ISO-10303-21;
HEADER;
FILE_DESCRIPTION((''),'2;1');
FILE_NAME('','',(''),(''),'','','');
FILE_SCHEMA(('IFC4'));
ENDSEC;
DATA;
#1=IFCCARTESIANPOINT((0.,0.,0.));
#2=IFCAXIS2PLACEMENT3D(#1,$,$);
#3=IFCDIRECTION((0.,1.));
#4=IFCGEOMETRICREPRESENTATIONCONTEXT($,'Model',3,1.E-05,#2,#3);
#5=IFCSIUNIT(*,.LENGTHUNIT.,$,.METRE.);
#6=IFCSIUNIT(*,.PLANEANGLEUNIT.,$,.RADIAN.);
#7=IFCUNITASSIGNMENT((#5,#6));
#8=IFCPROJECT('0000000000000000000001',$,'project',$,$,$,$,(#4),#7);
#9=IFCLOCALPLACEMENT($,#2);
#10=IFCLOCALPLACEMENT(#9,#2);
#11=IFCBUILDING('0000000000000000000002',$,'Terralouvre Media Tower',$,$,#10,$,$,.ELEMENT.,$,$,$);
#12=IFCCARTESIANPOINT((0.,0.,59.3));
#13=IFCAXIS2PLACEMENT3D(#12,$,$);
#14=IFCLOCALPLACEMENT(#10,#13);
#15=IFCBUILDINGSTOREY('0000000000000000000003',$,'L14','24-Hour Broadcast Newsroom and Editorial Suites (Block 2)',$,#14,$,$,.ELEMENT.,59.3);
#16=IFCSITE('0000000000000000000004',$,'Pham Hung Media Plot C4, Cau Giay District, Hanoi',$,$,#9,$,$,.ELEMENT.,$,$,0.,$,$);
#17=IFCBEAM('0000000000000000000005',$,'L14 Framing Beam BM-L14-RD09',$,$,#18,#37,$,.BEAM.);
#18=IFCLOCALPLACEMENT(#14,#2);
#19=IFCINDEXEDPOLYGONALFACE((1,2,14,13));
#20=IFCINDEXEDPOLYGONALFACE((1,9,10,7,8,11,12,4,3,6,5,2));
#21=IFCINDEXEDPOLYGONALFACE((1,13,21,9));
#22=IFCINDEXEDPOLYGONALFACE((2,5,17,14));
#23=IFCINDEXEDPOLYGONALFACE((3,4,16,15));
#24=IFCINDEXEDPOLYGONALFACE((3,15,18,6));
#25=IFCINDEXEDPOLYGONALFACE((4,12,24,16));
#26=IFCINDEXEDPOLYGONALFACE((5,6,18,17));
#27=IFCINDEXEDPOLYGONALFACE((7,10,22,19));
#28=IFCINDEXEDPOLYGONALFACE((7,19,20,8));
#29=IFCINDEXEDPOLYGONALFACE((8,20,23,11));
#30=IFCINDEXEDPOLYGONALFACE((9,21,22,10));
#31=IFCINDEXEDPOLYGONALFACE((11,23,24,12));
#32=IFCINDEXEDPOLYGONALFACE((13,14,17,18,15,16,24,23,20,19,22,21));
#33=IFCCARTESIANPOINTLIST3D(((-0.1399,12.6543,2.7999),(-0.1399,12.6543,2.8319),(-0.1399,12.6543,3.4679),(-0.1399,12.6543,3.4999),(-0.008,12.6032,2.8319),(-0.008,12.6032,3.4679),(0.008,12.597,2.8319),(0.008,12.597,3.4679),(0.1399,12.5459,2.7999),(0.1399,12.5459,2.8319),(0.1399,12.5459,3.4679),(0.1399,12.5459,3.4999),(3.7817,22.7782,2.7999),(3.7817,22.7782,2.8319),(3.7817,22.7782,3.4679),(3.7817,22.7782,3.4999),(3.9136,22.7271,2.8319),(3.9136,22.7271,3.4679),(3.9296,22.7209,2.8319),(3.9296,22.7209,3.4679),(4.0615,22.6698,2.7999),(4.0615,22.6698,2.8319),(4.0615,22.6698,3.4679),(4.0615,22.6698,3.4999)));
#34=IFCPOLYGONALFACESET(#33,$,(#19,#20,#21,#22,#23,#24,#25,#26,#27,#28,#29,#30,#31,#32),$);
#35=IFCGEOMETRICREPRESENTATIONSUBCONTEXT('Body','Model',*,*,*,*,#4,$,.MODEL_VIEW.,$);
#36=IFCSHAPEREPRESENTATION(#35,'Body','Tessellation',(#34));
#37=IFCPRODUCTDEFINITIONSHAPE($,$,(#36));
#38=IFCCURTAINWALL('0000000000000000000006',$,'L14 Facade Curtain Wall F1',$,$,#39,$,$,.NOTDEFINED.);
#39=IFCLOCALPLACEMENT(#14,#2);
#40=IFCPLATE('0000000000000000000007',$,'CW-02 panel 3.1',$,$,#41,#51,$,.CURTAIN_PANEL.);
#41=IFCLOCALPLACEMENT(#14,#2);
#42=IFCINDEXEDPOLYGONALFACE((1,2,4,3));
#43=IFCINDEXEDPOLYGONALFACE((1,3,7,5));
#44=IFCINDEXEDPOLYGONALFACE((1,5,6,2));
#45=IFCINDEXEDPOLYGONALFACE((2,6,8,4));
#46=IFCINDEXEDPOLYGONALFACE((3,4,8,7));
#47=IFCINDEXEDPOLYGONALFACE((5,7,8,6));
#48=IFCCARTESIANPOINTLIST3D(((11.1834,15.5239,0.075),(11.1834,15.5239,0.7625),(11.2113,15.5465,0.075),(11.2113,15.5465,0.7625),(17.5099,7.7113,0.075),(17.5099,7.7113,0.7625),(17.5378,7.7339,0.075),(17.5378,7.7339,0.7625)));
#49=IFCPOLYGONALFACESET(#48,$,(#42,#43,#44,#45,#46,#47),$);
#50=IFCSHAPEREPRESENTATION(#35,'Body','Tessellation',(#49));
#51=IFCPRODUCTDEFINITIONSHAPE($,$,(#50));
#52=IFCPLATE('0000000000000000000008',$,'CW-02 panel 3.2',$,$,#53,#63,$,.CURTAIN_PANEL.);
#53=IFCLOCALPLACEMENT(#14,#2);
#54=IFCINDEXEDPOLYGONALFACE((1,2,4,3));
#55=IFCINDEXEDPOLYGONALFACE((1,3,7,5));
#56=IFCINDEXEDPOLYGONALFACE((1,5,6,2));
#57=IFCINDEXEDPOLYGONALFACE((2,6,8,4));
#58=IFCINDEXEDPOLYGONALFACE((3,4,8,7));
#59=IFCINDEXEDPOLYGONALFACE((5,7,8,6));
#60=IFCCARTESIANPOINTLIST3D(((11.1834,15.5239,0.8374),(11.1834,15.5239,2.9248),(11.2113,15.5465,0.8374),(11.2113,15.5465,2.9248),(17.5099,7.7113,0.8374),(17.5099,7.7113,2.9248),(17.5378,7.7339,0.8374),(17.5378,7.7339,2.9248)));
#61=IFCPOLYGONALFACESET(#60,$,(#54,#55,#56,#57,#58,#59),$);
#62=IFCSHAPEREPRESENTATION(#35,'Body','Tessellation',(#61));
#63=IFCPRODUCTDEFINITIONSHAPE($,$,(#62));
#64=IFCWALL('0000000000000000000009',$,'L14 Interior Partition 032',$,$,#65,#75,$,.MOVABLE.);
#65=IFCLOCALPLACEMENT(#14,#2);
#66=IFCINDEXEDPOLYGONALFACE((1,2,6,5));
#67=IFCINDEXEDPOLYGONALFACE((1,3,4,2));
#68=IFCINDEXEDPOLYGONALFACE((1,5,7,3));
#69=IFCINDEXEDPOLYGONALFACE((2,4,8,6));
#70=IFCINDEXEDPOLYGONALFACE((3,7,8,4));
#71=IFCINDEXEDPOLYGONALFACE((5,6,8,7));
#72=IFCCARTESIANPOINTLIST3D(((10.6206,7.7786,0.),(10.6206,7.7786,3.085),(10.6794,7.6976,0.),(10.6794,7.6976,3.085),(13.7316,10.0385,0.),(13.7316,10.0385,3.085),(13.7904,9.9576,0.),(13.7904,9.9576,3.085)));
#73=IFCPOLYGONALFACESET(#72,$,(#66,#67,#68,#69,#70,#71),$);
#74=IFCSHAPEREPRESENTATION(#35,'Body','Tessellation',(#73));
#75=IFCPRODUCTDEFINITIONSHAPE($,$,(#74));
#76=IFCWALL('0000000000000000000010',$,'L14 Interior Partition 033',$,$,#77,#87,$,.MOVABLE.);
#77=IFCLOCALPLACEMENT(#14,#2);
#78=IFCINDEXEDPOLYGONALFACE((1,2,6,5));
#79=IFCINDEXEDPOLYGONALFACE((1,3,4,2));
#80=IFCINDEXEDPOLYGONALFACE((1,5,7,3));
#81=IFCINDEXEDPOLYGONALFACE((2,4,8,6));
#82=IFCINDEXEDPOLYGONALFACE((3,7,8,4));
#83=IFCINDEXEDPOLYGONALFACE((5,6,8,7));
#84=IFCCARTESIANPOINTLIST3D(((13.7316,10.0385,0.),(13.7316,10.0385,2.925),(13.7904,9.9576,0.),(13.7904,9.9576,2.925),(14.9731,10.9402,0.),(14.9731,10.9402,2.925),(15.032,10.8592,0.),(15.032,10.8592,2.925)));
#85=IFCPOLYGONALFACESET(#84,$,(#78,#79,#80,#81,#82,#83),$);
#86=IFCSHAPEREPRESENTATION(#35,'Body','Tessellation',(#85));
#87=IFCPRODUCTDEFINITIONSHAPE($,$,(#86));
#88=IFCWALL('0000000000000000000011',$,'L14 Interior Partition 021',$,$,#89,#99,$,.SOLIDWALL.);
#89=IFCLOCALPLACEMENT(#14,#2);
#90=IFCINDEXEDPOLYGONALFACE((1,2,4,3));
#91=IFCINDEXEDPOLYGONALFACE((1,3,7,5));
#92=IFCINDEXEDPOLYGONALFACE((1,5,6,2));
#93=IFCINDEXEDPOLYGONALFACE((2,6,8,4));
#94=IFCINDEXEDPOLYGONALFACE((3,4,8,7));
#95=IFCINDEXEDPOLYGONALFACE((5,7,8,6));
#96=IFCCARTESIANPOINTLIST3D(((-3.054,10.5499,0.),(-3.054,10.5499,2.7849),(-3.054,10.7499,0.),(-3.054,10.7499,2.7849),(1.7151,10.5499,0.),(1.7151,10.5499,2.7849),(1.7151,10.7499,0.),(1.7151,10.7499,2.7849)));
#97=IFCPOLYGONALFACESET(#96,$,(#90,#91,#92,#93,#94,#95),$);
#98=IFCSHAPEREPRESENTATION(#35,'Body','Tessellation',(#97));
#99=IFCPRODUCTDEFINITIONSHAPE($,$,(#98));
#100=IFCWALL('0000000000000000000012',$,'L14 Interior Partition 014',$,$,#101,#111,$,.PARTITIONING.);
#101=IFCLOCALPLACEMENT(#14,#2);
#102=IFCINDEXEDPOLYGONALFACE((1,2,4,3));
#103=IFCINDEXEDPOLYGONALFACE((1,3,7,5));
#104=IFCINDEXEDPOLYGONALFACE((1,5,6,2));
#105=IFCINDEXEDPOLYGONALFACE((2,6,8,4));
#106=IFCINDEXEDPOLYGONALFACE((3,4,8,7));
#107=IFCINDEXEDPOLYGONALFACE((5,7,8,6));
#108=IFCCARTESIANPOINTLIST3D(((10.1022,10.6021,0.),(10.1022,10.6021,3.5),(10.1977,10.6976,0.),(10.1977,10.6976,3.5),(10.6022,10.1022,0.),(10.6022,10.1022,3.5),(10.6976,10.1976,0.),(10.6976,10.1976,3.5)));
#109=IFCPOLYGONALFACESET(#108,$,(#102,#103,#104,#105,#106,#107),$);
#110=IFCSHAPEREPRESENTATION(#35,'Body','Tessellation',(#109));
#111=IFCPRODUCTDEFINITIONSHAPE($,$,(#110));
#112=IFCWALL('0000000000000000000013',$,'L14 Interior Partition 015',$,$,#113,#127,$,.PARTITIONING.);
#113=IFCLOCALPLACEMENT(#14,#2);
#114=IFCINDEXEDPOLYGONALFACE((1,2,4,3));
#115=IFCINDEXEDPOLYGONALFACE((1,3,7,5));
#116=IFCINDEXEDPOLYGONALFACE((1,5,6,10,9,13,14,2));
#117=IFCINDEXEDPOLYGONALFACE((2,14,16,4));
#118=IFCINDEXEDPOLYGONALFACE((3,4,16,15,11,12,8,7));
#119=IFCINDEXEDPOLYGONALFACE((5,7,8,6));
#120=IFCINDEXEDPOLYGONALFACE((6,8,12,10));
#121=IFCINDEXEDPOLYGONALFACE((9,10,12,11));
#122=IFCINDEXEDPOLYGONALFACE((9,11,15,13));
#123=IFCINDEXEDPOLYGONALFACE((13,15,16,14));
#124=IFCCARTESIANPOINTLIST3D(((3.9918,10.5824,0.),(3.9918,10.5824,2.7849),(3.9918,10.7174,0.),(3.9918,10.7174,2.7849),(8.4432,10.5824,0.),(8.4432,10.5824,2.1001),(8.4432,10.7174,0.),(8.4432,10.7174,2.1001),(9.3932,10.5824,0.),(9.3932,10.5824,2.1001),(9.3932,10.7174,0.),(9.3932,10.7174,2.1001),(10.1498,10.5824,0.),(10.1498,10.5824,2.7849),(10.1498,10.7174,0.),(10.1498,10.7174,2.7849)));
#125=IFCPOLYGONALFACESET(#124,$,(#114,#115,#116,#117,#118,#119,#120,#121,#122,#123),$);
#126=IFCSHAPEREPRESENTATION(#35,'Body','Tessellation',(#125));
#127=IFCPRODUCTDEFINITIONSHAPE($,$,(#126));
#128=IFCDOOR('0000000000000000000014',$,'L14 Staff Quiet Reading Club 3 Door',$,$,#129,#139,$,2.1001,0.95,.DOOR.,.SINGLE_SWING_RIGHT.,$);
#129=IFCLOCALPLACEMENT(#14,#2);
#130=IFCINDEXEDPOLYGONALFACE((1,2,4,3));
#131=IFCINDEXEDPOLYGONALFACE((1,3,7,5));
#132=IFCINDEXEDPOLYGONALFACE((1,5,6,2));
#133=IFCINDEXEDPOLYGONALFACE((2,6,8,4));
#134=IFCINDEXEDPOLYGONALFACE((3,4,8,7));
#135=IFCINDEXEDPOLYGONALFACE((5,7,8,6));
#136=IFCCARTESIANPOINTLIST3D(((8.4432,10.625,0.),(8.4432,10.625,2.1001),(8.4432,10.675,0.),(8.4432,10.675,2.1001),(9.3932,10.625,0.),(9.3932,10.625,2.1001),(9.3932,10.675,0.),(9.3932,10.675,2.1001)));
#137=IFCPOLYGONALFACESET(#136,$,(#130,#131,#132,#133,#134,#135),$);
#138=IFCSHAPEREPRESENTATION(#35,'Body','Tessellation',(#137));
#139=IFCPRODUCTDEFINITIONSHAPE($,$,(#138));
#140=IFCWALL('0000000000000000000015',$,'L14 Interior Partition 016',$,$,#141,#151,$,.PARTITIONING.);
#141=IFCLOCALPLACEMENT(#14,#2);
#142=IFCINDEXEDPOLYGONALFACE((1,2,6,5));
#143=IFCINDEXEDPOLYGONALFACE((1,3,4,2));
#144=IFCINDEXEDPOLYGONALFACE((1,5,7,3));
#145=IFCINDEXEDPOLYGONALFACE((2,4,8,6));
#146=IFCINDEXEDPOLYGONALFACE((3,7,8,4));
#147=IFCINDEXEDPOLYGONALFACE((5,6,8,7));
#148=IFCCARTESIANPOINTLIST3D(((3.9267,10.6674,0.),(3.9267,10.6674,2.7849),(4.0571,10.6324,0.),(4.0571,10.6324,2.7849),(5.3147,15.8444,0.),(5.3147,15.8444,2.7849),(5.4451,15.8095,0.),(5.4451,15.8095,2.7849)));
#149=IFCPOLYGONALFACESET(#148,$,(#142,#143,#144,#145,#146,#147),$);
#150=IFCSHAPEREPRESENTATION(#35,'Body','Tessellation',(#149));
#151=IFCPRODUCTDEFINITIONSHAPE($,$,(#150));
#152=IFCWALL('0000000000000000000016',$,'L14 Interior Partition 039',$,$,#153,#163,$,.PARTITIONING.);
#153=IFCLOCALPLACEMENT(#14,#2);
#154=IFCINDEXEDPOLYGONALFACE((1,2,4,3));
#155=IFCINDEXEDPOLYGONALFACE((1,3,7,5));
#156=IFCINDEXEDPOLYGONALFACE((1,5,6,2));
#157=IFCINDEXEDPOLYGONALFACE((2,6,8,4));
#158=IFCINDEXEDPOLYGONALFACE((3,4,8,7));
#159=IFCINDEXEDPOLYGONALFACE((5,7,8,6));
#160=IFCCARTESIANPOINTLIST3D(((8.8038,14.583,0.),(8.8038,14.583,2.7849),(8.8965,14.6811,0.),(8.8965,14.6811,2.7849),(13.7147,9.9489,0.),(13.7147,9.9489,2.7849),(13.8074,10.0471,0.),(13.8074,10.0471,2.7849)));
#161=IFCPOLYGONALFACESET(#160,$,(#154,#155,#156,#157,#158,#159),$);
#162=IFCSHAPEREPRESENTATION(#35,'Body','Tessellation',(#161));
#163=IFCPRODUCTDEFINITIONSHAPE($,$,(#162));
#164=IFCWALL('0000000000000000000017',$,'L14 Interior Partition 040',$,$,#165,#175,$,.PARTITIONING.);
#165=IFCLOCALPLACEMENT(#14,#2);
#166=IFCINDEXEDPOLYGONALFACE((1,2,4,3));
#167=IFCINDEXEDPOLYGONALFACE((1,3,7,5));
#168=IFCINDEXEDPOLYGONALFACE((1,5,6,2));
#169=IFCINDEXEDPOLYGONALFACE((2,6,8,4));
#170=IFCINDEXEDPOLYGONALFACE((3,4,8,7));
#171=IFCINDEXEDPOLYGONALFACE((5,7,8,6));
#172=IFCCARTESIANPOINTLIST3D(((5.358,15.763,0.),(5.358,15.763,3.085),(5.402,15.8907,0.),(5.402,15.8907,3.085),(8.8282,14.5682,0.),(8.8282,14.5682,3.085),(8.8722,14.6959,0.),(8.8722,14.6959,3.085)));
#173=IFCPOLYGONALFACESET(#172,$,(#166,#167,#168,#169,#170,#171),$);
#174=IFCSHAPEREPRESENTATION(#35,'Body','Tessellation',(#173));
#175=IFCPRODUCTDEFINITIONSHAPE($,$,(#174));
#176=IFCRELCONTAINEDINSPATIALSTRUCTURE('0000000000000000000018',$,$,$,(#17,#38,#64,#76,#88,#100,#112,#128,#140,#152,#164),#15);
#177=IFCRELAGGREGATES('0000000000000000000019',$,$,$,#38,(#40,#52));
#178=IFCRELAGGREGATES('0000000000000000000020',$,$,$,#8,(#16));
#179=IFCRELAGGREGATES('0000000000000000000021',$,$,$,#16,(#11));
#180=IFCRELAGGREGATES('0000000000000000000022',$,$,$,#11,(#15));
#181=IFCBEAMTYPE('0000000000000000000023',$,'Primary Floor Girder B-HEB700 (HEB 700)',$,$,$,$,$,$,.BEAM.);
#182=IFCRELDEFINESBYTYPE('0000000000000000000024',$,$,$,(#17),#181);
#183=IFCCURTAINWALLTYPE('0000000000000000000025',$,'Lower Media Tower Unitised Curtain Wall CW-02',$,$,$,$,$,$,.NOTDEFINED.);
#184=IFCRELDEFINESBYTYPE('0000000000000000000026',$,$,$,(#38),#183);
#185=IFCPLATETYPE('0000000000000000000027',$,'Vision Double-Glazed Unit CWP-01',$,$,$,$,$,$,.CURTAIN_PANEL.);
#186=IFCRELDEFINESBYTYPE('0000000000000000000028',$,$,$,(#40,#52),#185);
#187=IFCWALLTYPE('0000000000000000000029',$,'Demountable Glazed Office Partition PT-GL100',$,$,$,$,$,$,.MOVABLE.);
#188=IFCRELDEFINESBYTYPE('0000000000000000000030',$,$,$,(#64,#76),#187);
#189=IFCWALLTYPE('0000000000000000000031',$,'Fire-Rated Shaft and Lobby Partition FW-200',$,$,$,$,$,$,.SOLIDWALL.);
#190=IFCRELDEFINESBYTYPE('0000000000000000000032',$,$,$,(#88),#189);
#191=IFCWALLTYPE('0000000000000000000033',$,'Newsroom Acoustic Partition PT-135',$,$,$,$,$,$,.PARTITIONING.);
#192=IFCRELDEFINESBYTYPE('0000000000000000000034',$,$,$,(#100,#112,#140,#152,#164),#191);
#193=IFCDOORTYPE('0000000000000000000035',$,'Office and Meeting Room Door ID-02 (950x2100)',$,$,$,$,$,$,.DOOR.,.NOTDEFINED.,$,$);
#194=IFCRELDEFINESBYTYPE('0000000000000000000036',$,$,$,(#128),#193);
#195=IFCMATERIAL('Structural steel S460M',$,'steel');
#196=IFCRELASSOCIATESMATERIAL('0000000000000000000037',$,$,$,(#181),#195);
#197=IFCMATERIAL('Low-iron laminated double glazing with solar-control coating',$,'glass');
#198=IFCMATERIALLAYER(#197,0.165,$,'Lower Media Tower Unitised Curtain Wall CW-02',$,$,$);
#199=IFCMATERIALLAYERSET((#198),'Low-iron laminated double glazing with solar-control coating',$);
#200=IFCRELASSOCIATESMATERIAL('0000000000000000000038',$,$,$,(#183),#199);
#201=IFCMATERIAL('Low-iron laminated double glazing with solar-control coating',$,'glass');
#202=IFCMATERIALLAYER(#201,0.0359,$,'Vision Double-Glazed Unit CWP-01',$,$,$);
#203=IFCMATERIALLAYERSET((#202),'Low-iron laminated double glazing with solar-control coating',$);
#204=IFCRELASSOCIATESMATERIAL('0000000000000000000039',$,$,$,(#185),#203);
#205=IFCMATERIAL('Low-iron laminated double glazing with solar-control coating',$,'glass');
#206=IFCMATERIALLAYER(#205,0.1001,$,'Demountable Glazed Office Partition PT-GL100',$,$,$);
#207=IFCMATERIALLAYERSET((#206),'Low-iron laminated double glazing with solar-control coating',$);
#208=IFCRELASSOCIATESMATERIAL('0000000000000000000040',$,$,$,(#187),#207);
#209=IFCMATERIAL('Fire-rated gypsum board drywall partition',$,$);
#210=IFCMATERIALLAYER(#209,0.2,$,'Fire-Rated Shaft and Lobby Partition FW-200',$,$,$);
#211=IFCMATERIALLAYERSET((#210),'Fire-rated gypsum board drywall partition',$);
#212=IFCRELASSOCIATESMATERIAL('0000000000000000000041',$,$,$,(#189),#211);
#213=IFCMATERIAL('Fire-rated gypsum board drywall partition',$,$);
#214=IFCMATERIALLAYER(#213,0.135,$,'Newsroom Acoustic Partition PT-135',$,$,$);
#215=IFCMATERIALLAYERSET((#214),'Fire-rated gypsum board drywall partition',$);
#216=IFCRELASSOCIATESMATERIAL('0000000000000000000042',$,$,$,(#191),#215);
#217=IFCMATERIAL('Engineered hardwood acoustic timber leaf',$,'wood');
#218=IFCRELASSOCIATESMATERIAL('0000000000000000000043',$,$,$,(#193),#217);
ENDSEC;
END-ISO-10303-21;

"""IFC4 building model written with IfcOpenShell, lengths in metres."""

from ifc_helpers import new_model, si_unit, direction, frame, frame_2d, origin, origin_2d, place, context, subcontext, project, spatial, rectangle, i_section, extrude, material, layer, layer_set, material_profile, profile_set, type_object, element, fill, aggregate, save


model = new_model("IFC4")

# Units and contexts
model_context = context("Model", 3, precision=1e-05, world=origin(), true_north=direction((0.0, 1.0)))
body_context = subcontext(model_context, "Body", "Model", "MODEL_VIEW")
ifc_project = project(units=[si_unit("LENGTHUNIT", "METRE"), si_unit("PLANEANGLEUNIT", "RADIAN")], contexts=[model_context])

# Site, building, storey
site_placement = place(None, origin())
site = spatial("IfcSite", under=ifc_project, at=site_placement, Name="Pham Hung Media Plot C4, Cau Giay District, Hanoi", CompositionType="ELEMENT", RefElevation=0.0)
building_placement = place(site_placement, origin())
building = spatial("IfcBuilding", under=site, at=building_placement, Name="Terralouvre Media Tower", CompositionType="ELEMENT")
storey_placement = place(building_placement, frame((0.0, 0.0, 59.3)))
storey = spatial("IfcBuildingStorey", under=building, at=storey_placement, Name="L14", Description="24-Hour Broadcast Newsroom and Editorial Suites (Block 2)", CompositionType="ELEMENT", Elevation=59.3)

# Beam
ifc_material_1 = material(Name="Structural steel S460M", Category="steel")
ifc_material_profile_1 = material_profile(ifc_material_1, i_section(OverallWidth=0.3, OverallDepth=0.7, WebThickness=0.0171, FlangeThickness=0.032, at=origin_2d()), Name="HEB 700")
ifc_profile_set_1 = profile_set([ifc_material_profile_1], Name="Structural steel S460M")
beam_type_1 = type_object("IfcBeamType", Name="Primary Floor Girder B-HEB700 (HEB 700)", PredefinedType="BEAM", material=ifc_profile_set_1)
beam_1_placement = place(storey_placement, frame((0.0, 12.6001, 3.1499), z_axis=(0.361207, 0.932486, 0.0), x_axis=(-0.932486, 0.361207, 0.0)))
element("IfcBeam", 1, at=beam_1_placement, inside=storey, type_object=beam_type_1, Name="L14 Framing Beam BM-L14-RD09", PredefinedType="BEAM", context=body_context, shape_type="SweptSolid", body=[
    extrude(i_section(OverallWidth=0.3, OverallDepth=0.7, WebThickness=0.0171, FlangeThickness=0.032, at=origin_2d()), origin(), (0.0, 0.0, 1.0), 10.8569),
])

# Curtain wall, plates
ifc_material_2 = material(Name="Low-iron laminated double glazing with solar-control coating", Category="glass")
ifc_layer_1 = layer(ifc_material_2, 0.165, Name="Lower Media Tower Unitised Curtain Wall CW-02")
ifc_layer_set_1 = layer_set([ifc_layer_1], Name="Low-iron laminated double glazing with solar-control coating")
curtain_wall_type = type_object("IfcCurtainWallType", Name="Lower Media Tower Unitised Curtain Wall CW-02", PredefinedType="NOTDEFINED", material=ifc_layer_set_1)
curtain_wall_placement = place(storey_placement, origin())
curtain_wall = element("IfcCurtainWall", 2, at=curtain_wall_placement, inside=storey, type_object=curtain_wall_type, Name="L14 Facade Curtain Wall F1", PredefinedType="NOTDEFINED")
ifc_material_3 = material(Name="Low-iron laminated double glazing with solar-control coating", Category="glass")
ifc_layer_2 = layer(ifc_material_3, 0.0359, Name="Vision Double-Glazed Unit CWP-01")
ifc_layer_set_2 = layer_set([ifc_layer_2], Name="Low-iron laminated double glazing with solar-control coating")
plate_type = type_object("IfcPlateType", Name="Vision Double-Glazed Unit CWP-01", PredefinedType="CURTAIN_PANEL", material=ifc_layer_set_2)
plate_1_placement = place(storey_placement, frame((14.3606, 11.6289, 0.075), z_axis=(0.0, 0.0, 1.0), x_axis=(-0.62932, 0.777146, 0.0)))
plate_1 = element("IfcPlate", 3, at=plate_1_placement, type_object=plate_type, Name="CW-02 panel 3.1", PredefinedType="CURTAIN_PANEL", context=body_context, shape_type="SweptSolid", body=[
    extrude(rectangle(XDim=10.053, YDim=0.0359, at=origin_2d()), origin(), (0.0, 0.0, 1.0), 0.6875),
])
plate_2_placement = place(storey_placement, frame((14.3606, 11.6289, 0.8374), z_axis=(0.0, 0.0, 1.0), x_axis=(-0.62932, 0.777146, 0.0)))
plate_2 = element("IfcPlate", 4, at=plate_2_placement, type_object=plate_type, Name="CW-02 panel 3.2", PredefinedType="CURTAIN_PANEL", context=body_context, shape_type="SweptSolid", body=[
    extrude(rectangle(XDim=10.053, YDim=0.0359, at=origin_2d()), origin(), (0.0, 0.0, 1.0), 2.0874),
])
aggregate(curtain_wall, [plate_1, plate_2])

# Walls
ifc_material_4 = material(Name="Low-iron laminated double glazing with solar-control coating", Category="glass")
ifc_layer_3 = layer(ifc_material_4, 0.1001, Name="Demountable Glazed Office Partition PT-GL100")
ifc_layer_set_3 = layer_set([ifc_layer_3], Name="Low-iron laminated double glazing with solar-control coating")
wall_type_1 = type_object("IfcWallType", Name="Demountable Glazed Office Partition PT-GL100", PredefinedType="MOVABLE", material=ifc_layer_set_3)
wall_1_placement = place(storey_placement, frame((13.761, 9.998, 0.0), z_axis=(0.0, 0.0, 1.0), x_axis=(-0.809057, -0.58773, 0.0)))
element("IfcWall", 5, at=wall_1_placement, inside=storey, type_object=wall_type_1, Name="L14 Interior Partition 032", PredefinedType="MOVABLE", context=body_context, shape_type="SweptSolid", body=[
    extrude(rectangle(XDim=3.8452, YDim=0.1001, at=frame_2d((1.9226, 0.0))), origin(), (0.0, 0.0, 1.0), 3.085),
])
wall_2_placement = place(storey_placement, frame((15.0024, 10.8997, 0.0), z_axis=(0.0, 0.0, 1.0), x_axis=(-0.809128, -0.587632, 0.0)))
element("IfcWall", 6, at=wall_2_placement, inside=storey, type_object=wall_type_1, Name="L14 Interior Partition 033", PredefinedType="MOVABLE", context=body_context, shape_type="SweptSolid", body=[
    extrude(rectangle(XDim=1.5344, YDim=0.1001, at=frame_2d((0.7671, 0.0))), origin(), (0.0, 0.0, 1.0), 2.925),
])
ifc_material_5 = material(Name="Fire-rated gypsum board drywall partition")
ifc_layer_4 = layer(ifc_material_5, 0.2, Name="Fire-Rated Shaft and Lobby Partition FW-200")
ifc_layer_set_4 = layer_set([ifc_layer_4], Name="Fire-rated gypsum board drywall partition")
wall_type_2 = type_object("IfcWallType", Name="Fire-Rated Shaft and Lobby Partition FW-200", PredefinedType="SOLIDWALL", material=ifc_layer_set_4)
wall_3_placement = place(storey_placement, frame((1.7151, 10.6499, 0.0), z_axis=(0.0, 0.0, 1.0), x_axis=(-1.0, 0.0, 0.0)))
element("IfcWall", 7, at=wall_3_placement, inside=storey, type_object=wall_type_2, Name="L14 Interior Partition 021", PredefinedType="SOLIDWALL", context=body_context, shape_type="SweptSolid", body=[
    extrude(rectangle(XDim=4.769, YDim=0.2, at=frame_2d((2.3845, 0.0))), origin(), (0.0, 0.0, 1.0), 2.7849),
])
ifc_material_6 = material(Name="Fire-rated gypsum board drywall partition")
ifc_layer_5 = layer(ifc_material_6, 0.135, Name="Newsroom Acoustic Partition PT-135")
ifc_layer_set_5 = layer_set([ifc_layer_5], Name="Fire-rated gypsum board drywall partition")
wall_type_3 = type_object("IfcWallType", Name="Newsroom Acoustic Partition PT-135", PredefinedType="PARTITIONING", material=ifc_layer_set_5)
wall_4_placement = place(storey_placement, frame((10.6499, 10.1499, 0.0), z_axis=(0.0, 0.0, 1.0), x_axis=(-0.707107, 0.707107, 0.0)))
element("IfcWall", 8, at=wall_4_placement, inside=storey, type_object=wall_type_3, Name="L14 Interior Partition 014", PredefinedType="PARTITIONING", context=body_context, shape_type="SweptSolid", body=[
    extrude(rectangle(XDim=0.707, YDim=0.135, at=frame_2d((0.3535, 0.0))), origin(), (0.0, 0.0, 1.0), 3.5),
])

# Wall, opening, door
wall_5_placement = place(storey_placement, frame((10.1499, 10.6499, 0.0), z_axis=(0.0, 0.0, 1.0), x_axis=(-1.0, 0.0, 0.0)))
wall_5 = element("IfcWall", 9, at=wall_5_placement, inside=storey, type_object=wall_type_3, Name="L14 Interior Partition 015", PredefinedType="PARTITIONING", context=body_context, shape_type="SweptSolid", body=[
    extrude(rectangle(XDim=6.158, YDim=0.135, at=frame_2d((3.0791, 0.0))), origin(), (0.0, 0.0, 1.0), 2.7849),
])
opening_placement = place(wall_5_placement, frame((0.7566, 0.0, 0.0)))
opening = element("IfcOpeningElement", 10, at=opening_placement, cuts=wall_5, PredefinedType="OPENING", context=body_context, shape_type="SweptSolid", body=[
    extrude(rectangle(XDim=0.95, YDim=2.1001, at=frame_2d((0.4751, 1.05))), frame((0.0, 0.0774, 0.0), z_axis=(0.0, -1.0, 0.0), x_axis=(1.0, 0.0, 0.0)), (0.0, 0.0, 1.0), 0.155),
])
ifc_material_7 = material(Name="Engineered hardwood acoustic timber leaf", Category="wood")
door_type = type_object("IfcDoorType", Name="Office and Meeting Room Door ID-02 (950x2100)", OperationType="NOTDEFINED", PredefinedType="DOOR", material=ifc_material_7)
door_placement = place(opening_placement, origin())
door = element("IfcDoor", 11, at=door_placement, inside=storey, type_object=door_type, Name="L14 Staff Quiet Reading Club 3 Door", OperationType="SINGLE_SWING_RIGHT", OverallHeight=2.1001, OverallWidth=0.95, PredefinedType="DOOR", context=body_context, shape_type="SweptSolid", body=[
    extrude(rectangle(XDim=0.95, YDim=2.1001, at=frame_2d((0.4751, 1.05))), frame((0.0, 0.0249, 0.0), z_axis=(0.0, -1.0, 0.0), x_axis=(1.0, 0.0, 0.0)), (0.0, 0.0, 1.0), 0.05),
])
fill(opening, door)

# Walls
wall_6_placement = place(storey_placement, frame((3.9919, 10.6499, 0.0), z_axis=(0.0, 0.0, 1.0), x_axis=(0.258952, 0.96589, 0.0)))
element("IfcWall", 12, at=wall_6_placement, inside=storey, type_object=wall_type_3, Name="L14 Interior Partition 016", PredefinedType="PARTITIONING", context=body_context, shape_type="SweptSolid", body=[
    extrude(rectangle(XDim=5.3599, YDim=0.135, at=frame_2d((2.6799, 0.0))), origin(), (0.0, 0.0, 1.0), 2.7849),
])
wall_7_placement = place(storey_placement, frame((13.761, 9.998, 0.0), z_axis=(0.0, 0.0, 1.0), x_axis=(-0.727311, 0.686308, 0.0)))
element("IfcWall", 13, at=wall_7_placement, inside=storey, type_object=wall_type_3, Name="L14 Interior Partition 039", PredefinedType="PARTITIONING", context=body_context, shape_type="SweptSolid", body=[
    extrude(rectangle(XDim=6.7522, YDim=0.135, at=frame_2d((3.376, 0.0))), origin(), (0.0, 0.0, 1.0), 2.7849),
])
wall_8_placement = place(storey_placement, frame((8.8501, 14.6321, 0.0), z_axis=(0.0, 0.0, 1.0), x_axis=(-0.945524, 0.325552, 0.0)))
element("IfcWall", 14, at=wall_8_placement, inside=storey, type_object=wall_type_3, Name="L14 Interior Partition 040", PredefinedType="PARTITIONING", context=body_context, shape_type="SweptSolid", body=[
    extrude(rectangle(XDim=3.6702, YDim=0.135, at=frame_2d((1.835, 0.0))), origin(), (0.0, 0.0, 1.0), 3.085),
])

save(model, "model.ifc")
